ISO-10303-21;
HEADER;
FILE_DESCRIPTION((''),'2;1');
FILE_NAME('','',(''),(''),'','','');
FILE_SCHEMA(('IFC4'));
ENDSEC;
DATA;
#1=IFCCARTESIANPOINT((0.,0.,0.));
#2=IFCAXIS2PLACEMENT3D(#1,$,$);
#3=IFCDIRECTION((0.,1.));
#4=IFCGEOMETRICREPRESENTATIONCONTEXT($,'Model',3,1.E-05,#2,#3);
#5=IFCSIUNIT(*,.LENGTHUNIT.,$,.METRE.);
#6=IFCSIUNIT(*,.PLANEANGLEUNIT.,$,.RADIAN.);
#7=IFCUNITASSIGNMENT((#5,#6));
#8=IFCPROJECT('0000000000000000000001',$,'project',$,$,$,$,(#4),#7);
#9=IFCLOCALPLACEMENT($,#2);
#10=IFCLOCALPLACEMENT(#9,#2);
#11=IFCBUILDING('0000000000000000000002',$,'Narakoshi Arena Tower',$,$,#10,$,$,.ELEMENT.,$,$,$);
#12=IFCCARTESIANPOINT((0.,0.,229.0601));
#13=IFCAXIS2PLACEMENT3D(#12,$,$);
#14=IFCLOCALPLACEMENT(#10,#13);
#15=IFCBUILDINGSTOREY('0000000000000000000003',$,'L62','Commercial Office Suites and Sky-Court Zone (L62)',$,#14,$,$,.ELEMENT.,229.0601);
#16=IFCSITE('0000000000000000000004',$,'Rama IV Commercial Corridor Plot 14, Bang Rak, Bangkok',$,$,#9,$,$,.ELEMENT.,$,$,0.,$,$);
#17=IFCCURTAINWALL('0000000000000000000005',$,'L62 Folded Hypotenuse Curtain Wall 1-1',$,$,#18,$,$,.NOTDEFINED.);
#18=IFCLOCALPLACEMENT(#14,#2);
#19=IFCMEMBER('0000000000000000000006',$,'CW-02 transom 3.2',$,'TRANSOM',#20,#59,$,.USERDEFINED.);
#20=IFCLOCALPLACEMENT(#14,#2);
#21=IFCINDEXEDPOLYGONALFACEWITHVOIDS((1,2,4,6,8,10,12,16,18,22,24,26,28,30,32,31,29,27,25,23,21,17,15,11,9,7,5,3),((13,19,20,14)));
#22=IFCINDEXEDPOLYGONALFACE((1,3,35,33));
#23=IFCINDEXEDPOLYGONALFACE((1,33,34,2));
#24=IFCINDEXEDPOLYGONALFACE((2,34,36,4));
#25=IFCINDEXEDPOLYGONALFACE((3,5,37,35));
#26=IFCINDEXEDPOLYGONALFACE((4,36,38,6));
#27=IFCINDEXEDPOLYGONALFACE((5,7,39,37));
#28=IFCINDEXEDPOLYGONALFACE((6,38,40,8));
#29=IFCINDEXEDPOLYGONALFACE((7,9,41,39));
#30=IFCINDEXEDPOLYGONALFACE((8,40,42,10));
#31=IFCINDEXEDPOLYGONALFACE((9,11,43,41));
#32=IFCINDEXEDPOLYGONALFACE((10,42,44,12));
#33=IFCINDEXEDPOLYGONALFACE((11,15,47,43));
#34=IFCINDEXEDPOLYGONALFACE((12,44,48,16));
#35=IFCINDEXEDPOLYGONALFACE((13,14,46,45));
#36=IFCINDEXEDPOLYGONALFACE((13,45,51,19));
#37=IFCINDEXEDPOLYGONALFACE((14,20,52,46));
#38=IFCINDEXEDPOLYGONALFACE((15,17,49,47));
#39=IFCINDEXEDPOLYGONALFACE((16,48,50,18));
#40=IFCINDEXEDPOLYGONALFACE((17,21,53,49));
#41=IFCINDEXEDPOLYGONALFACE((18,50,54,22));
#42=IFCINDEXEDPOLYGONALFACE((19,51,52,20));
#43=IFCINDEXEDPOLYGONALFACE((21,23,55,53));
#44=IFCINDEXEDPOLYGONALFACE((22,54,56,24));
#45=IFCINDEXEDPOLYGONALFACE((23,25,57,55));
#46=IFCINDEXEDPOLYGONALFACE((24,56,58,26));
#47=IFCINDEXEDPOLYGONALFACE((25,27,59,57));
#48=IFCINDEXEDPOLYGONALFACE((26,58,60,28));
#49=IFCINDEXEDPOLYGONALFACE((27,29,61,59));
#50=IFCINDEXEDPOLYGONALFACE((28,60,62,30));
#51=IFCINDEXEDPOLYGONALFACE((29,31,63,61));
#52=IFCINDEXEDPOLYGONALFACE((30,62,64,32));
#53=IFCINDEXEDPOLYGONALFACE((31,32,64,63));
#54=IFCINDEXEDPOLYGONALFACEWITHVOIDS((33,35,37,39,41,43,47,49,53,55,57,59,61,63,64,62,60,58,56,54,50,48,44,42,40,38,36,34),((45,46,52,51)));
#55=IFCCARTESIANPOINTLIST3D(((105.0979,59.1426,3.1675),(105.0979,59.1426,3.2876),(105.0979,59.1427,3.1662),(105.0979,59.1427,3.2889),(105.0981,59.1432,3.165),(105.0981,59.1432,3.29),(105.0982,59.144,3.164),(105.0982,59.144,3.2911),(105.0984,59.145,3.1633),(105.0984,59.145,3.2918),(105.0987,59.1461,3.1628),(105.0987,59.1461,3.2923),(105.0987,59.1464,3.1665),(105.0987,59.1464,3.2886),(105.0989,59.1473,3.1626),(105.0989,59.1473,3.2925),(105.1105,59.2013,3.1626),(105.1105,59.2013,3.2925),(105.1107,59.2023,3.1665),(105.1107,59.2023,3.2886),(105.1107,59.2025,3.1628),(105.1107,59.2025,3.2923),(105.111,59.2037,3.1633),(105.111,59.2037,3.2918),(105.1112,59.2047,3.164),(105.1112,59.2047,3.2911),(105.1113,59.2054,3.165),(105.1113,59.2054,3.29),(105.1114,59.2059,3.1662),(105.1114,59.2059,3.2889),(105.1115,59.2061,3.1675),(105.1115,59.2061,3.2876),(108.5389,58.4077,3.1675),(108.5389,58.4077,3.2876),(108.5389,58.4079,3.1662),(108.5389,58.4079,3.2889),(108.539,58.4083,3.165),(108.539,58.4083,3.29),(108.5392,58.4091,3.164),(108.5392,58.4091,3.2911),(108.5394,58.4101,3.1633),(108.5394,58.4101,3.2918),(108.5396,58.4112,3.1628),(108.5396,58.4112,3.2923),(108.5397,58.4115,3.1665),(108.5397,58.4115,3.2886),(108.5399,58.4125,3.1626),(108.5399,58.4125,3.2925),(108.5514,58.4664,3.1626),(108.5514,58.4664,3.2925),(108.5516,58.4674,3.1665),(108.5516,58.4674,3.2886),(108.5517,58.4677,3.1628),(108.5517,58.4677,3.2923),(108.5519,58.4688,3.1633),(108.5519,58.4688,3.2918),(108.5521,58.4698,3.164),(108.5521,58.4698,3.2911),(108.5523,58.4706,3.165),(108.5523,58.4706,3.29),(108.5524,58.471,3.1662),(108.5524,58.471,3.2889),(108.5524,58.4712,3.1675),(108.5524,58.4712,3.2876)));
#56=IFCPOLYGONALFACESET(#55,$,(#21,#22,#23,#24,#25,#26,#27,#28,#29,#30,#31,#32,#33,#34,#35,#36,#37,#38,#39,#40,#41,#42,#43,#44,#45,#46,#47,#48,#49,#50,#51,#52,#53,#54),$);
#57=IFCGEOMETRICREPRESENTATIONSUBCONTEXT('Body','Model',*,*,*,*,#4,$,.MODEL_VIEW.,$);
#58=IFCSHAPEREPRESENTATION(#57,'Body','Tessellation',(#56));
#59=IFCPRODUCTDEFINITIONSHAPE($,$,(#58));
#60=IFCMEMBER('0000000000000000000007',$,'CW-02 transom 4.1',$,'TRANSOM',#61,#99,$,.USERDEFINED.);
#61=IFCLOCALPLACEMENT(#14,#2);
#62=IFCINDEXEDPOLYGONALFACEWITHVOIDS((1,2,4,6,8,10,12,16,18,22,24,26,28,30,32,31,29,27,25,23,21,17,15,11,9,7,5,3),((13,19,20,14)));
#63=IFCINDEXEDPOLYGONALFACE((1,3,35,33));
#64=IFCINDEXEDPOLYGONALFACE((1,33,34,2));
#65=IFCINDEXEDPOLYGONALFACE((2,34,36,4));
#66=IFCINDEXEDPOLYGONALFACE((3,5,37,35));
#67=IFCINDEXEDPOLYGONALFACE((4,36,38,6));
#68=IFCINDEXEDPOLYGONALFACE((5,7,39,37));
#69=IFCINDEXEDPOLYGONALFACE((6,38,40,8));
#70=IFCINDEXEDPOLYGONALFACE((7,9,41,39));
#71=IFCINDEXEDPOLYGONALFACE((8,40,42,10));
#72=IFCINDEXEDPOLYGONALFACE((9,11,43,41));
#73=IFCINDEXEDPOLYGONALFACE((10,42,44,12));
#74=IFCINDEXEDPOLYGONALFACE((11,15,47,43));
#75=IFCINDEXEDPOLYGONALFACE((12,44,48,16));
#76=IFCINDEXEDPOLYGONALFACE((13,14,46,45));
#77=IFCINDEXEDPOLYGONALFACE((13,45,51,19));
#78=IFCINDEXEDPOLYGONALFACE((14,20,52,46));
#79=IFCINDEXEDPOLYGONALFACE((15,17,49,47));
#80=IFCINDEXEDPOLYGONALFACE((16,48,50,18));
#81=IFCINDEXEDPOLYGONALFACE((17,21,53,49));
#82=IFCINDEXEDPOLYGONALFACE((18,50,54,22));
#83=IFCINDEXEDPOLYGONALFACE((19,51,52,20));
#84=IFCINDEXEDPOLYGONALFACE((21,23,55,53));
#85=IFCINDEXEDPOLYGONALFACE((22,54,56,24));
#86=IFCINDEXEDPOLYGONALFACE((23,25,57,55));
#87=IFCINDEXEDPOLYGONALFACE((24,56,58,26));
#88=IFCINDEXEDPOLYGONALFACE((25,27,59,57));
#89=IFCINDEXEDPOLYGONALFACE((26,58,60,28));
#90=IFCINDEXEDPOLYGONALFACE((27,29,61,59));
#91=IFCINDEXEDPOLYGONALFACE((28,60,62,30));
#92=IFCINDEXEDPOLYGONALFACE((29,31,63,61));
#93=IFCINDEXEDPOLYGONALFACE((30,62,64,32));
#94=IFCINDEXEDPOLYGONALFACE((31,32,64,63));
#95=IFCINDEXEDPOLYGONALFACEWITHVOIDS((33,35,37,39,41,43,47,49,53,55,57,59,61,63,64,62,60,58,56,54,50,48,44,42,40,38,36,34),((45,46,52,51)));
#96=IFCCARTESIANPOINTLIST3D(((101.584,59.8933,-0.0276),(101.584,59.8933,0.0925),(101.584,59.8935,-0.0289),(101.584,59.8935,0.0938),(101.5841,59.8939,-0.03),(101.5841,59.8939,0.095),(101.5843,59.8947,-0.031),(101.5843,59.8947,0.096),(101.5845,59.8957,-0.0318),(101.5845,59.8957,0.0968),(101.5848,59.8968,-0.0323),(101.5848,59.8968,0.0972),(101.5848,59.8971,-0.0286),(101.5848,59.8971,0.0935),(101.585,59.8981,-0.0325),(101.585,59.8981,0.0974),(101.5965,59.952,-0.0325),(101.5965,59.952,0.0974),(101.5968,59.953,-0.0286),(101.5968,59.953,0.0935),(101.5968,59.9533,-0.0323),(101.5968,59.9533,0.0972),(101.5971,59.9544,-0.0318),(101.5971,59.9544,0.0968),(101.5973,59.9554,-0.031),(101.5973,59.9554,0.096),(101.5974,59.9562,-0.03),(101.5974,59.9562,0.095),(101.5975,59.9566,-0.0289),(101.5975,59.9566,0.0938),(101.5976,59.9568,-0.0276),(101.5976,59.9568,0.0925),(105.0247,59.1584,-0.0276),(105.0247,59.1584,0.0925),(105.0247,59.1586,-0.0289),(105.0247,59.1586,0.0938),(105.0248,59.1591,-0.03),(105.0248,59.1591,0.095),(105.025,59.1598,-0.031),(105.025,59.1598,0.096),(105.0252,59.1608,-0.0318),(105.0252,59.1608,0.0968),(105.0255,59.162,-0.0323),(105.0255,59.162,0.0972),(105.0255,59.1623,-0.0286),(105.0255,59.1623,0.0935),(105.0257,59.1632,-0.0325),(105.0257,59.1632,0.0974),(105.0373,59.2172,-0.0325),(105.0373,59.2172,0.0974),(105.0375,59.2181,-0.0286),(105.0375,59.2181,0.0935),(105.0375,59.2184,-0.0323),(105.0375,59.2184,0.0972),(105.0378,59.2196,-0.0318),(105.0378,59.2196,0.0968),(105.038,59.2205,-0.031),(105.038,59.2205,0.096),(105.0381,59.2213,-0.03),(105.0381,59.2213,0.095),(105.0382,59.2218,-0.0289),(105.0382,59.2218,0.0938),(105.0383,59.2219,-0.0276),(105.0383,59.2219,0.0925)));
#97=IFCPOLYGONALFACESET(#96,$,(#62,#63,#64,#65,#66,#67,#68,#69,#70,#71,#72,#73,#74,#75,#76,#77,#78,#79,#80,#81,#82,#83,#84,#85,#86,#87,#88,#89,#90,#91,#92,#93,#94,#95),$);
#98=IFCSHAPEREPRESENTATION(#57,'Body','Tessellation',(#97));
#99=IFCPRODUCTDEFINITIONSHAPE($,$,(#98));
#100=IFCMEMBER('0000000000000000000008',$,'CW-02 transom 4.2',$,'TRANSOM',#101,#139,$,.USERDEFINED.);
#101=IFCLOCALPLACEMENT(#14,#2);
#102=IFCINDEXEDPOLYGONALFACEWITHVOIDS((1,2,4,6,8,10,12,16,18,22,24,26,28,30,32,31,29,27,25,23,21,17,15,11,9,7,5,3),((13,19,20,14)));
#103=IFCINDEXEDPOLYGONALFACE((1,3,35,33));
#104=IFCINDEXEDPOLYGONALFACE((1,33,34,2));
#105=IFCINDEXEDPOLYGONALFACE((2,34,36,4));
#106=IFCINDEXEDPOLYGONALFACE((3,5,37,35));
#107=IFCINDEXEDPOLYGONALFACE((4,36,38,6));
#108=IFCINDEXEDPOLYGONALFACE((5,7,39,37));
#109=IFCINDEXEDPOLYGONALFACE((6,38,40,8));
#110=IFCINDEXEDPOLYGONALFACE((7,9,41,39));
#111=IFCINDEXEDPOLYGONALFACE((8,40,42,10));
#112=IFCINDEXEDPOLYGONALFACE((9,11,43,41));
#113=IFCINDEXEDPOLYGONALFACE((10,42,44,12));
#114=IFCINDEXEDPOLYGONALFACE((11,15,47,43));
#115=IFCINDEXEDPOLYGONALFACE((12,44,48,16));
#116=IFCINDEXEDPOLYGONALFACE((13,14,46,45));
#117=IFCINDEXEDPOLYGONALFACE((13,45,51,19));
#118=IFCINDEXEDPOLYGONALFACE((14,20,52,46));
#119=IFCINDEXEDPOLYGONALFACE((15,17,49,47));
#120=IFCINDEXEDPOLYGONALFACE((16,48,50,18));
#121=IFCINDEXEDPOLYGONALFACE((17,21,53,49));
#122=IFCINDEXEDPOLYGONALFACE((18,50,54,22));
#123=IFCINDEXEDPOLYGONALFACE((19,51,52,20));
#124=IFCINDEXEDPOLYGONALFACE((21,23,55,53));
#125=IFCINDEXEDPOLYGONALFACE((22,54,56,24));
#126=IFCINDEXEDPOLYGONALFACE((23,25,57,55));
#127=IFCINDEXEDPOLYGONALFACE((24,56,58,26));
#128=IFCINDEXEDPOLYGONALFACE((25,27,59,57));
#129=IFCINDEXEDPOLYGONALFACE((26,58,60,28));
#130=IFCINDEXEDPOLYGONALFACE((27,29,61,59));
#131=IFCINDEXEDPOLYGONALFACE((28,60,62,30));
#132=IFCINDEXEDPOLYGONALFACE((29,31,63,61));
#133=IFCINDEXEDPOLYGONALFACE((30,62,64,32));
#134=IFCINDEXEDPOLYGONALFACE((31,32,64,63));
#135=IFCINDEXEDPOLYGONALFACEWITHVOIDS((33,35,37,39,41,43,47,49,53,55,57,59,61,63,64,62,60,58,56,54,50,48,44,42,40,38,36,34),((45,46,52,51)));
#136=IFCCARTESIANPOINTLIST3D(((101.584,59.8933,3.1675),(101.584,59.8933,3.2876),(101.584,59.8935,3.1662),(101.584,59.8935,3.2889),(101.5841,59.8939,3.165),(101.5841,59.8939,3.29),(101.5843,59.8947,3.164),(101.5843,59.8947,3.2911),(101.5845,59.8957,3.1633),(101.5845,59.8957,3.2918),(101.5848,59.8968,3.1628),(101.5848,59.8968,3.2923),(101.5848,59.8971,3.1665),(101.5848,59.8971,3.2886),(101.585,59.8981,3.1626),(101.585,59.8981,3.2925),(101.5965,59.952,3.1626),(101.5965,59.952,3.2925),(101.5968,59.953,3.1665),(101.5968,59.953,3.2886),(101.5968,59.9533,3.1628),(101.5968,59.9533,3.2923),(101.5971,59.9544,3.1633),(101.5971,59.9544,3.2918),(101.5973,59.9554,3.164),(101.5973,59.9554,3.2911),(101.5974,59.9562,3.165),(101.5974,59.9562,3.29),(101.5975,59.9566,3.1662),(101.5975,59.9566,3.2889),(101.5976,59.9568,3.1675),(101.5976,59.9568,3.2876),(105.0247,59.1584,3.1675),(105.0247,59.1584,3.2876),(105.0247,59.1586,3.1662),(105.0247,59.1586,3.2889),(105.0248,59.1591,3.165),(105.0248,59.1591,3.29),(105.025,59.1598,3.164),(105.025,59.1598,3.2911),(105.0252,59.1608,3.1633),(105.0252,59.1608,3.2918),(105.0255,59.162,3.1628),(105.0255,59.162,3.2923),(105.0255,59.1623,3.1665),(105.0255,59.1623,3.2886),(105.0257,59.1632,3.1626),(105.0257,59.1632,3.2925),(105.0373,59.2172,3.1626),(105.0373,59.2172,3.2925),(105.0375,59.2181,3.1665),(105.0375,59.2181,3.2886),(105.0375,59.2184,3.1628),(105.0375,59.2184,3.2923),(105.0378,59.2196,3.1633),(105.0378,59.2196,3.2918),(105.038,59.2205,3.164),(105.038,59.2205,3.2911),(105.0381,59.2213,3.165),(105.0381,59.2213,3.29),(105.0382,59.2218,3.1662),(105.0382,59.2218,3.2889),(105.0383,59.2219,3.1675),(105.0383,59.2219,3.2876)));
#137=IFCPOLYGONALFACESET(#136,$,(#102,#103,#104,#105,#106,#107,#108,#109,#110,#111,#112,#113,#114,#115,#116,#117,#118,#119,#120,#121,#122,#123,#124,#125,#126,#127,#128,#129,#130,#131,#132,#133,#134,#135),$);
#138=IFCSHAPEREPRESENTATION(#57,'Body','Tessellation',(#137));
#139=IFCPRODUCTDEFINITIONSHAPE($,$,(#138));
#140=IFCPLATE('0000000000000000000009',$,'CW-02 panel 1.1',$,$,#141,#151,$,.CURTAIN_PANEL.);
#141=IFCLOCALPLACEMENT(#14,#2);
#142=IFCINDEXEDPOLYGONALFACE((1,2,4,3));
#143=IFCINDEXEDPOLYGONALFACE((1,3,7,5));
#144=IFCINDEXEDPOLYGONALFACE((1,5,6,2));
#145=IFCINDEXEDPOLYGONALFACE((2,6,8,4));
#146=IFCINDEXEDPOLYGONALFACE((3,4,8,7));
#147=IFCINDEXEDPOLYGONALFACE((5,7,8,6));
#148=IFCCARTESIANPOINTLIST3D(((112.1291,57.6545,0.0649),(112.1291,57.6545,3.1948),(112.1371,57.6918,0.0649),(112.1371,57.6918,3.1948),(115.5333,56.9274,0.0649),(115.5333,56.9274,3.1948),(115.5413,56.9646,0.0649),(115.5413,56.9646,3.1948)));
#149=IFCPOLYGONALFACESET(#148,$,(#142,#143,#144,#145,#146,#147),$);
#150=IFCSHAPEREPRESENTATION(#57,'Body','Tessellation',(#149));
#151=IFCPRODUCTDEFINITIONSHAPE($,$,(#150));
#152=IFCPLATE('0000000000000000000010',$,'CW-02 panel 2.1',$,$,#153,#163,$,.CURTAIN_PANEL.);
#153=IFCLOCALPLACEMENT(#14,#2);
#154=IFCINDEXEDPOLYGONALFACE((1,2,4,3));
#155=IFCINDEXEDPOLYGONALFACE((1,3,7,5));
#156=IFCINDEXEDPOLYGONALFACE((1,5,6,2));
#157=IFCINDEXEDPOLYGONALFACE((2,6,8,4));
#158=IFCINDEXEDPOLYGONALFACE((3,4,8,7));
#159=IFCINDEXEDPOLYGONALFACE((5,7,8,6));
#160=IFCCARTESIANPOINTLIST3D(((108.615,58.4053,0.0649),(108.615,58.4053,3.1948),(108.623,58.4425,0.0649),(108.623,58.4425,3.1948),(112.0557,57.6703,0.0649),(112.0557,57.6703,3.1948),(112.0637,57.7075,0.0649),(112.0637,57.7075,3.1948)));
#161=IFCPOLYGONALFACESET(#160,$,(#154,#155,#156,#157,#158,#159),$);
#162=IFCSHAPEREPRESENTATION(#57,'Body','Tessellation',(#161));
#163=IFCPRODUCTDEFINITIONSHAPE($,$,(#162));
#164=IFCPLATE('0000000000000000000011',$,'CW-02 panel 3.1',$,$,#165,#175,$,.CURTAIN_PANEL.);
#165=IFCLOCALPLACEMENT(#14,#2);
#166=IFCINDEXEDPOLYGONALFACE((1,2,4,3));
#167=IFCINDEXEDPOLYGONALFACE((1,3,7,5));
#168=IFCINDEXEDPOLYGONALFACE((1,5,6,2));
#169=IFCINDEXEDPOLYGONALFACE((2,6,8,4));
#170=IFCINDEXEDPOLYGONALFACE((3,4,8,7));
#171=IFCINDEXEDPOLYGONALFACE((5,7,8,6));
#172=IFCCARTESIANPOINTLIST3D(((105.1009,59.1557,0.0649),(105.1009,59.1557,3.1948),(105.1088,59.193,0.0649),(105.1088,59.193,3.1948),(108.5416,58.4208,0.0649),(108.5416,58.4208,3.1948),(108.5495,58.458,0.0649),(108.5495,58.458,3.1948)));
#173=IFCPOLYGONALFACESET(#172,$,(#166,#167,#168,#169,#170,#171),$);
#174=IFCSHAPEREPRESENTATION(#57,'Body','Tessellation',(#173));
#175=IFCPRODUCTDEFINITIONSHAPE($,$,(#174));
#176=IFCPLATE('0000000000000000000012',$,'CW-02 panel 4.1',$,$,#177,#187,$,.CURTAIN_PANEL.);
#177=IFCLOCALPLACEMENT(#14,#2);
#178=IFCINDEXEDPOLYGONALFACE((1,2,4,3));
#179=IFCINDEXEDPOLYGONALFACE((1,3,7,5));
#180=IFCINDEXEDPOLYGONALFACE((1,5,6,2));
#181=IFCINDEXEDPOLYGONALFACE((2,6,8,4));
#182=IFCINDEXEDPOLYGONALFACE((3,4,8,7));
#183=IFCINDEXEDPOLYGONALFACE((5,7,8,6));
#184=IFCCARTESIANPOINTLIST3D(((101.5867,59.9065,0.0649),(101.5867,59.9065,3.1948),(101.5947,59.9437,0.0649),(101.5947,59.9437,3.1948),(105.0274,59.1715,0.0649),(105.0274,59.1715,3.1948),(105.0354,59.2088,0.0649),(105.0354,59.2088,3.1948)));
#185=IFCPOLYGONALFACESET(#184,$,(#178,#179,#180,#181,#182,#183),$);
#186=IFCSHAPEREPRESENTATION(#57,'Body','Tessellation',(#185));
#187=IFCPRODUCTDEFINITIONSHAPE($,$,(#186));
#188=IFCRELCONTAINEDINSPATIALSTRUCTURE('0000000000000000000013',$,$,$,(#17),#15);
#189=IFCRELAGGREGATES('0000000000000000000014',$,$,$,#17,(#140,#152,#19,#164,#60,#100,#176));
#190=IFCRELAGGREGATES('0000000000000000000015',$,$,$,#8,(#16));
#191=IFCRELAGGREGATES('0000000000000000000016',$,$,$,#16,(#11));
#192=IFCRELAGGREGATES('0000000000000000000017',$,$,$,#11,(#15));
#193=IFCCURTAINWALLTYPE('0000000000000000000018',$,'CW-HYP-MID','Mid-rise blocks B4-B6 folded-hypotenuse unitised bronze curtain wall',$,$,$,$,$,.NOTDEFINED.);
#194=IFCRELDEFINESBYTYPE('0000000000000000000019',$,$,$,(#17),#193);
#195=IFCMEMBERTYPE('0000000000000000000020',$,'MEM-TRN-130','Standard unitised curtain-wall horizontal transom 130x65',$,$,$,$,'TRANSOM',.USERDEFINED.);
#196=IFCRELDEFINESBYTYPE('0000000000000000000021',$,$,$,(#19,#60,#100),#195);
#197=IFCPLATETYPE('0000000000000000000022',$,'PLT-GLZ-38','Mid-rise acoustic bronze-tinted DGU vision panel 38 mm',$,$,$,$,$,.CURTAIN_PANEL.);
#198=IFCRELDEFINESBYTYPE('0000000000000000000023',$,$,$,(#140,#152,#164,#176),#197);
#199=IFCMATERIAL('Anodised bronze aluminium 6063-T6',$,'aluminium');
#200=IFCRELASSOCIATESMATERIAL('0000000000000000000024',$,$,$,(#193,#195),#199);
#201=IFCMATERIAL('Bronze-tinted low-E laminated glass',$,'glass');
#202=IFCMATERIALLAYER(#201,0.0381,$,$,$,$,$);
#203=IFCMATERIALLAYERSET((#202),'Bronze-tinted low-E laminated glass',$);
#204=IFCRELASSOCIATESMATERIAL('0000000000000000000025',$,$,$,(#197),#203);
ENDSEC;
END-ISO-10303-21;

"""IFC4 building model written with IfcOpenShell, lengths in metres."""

from ifc_helpers import new_model, si_unit, direction, frame, origin, origin_2d, place, context, subcontext, project, spatial, rectangle, hollow_rectangle, extrude, material, layer, layer_set, material_profile, profile_set, type_object, element, aggregate, save


model = new_model("IFC4")

# Units and contexts
model_context = context("Model", 3, precision=1e-05, world=origin(), true_north=direction((0.0, 1.0)))
body_context = subcontext(model_context, "Body", "Model", "MODEL_VIEW")
ifc_project = project(units=[si_unit("LENGTHUNIT", "METRE"), si_unit("PLANEANGLEUNIT", "RADIAN")], contexts=[model_context])

# Site, building, storey
site_placement = place(None, origin())
site = spatial("IfcSite", under=ifc_project, at=site_placement, Name="Rama IV Commercial Corridor Plot 14, Bang Rak, Bangkok", CompositionType="ELEMENT", RefElevation=0.0)
building_placement = place(site_placement, origin())
building = spatial("IfcBuilding", under=site, at=building_placement, Name="Narakoshi Arena Tower", CompositionType="ELEMENT")
storey_placement = place(building_placement, frame((0.0, 0.0, 229.0601)))
storey = spatial("IfcBuildingStorey", under=building, at=storey_placement, Name="L62", Description="Commercial Office Suites and Sky-Court Zone (L62)", CompositionType="ELEMENT", Elevation=229.0601)

# Curtain wall, members, plates
ifc_material_1 = material(Name="Anodised bronze aluminium 6063-T6", Category="aluminium")
curtain_wall_type = type_object("IfcCurtainWallType", Name="CW-HYP-MID", Description="Mid-rise blocks B4-B6 folded-hypotenuse unitised bronze curtain wall", PredefinedType="NOTDEFINED", material=ifc_material_1)
curtain_wall_placement = place(storey_placement, origin())
curtain_wall = element("IfcCurtainWall", 1, at=curtain_wall_placement, inside=storey, type_object=curtain_wall_type, Name="L62 Folded Hypotenuse Curtain Wall 1-1", PredefinedType="NOTDEFINED")
ifc_material_profile_1 = material_profile(ifc_material_1, hollow_rectangle(XDim=0.0649, YDim=0.1299, WallThickness=0.0039, OuterFilletRadius=0.0049, at=origin_2d()), Name="TRN130x65x4")
ifc_profile_set_1 = profile_set([ifc_material_profile_1], Name="Anodised bronze aluminium 6063-T6")
member_type_1 = type_object("IfcMemberType", Name="MEM-TRN-130", Description="Standard unitised curtain-wall horizontal transom 130x65", ElementType="TRANSOM", PredefinedType="USERDEFINED", material=ifc_profile_set_1)
member_1_placement = place(storey_placement, frame((108.5457, 58.4395, 3.2275), z_axis=(-0.977946, 0.208856, 0.0), x_axis=(-0.208856, -0.977946, 0.0)))
member_1 = element("IfcMember", 2, at=member_1_placement, type_object=member_type_1, Name="CW-02 transom 3.2", ObjectType="TRANSOM", PredefinedType="USERDEFINED", context=body_context, shape_type="SweptSolid", body=[
    extrude(hollow_rectangle(XDim=0.0649, YDim=0.1299, WallThickness=0.0039, OuterFilletRadius=0.0049, at=origin_2d()), origin(), (0.0, 0.0, 1.0), 3.5186),
])
member_2_placement = place(storey_placement, frame((105.0315, 59.1902, 0.0325), z_axis=(-0.977943, 0.20887, 0.0), x_axis=(-0.20887, -0.977943, 0.0)))
member_2 = element("IfcMember", 3, at=member_2_placement, type_object=member_type_1, Name="CW-02 transom 4.1", ObjectType="TRANSOM", PredefinedType="USERDEFINED", context=body_context, shape_type="SweptSolid", body=[
    extrude(hollow_rectangle(XDim=0.0649, YDim=0.1299, WallThickness=0.0039, OuterFilletRadius=0.0049, at=origin_2d()), origin(), (0.0, 0.0, 1.0), 3.5183),
])
member_3_placement = place(storey_placement, frame((105.0315, 59.1902, 3.2275), z_axis=(-0.977943, 0.20887, 0.0), x_axis=(-0.20887, -0.977943, 0.0)))
member_3 = element("IfcMember", 4, at=member_3_placement, type_object=member_type_1, Name="CW-02 transom 4.2", ObjectType="TRANSOM", PredefinedType="USERDEFINED", context=body_context, shape_type="SweptSolid", body=[
    extrude(hollow_rectangle(XDim=0.0649, YDim=0.1299, WallThickness=0.0039, OuterFilletRadius=0.0049, at=origin_2d()), origin(), (0.0, 0.0, 1.0), 3.5183),
])
ifc_material_2 = material(Name="Bronze-tinted low-E laminated glass", Category="glass")
ifc_layer_1 = layer(ifc_material_2, 0.0381)
ifc_layer_set_1 = layer_set([ifc_layer_1], Name="Bronze-tinted low-E laminated glass")
plate_type = type_object("IfcPlateType", Name="PLT-GLZ-38", Description="Mid-rise acoustic bronze-tinted DGU vision panel 38 mm", PredefinedType="CURTAIN_PANEL", material=ifc_layer_set_1)
plate_1_placement = place(storey_placement, frame((113.8352, 57.3096, 0.0649), z_axis=(0.0, 0.0, 1.0), x_axis=(-0.977937, 0.208899, 0.0)))
plate_1 = element("IfcPlate", 5, at=plate_1_placement, type_object=plate_type, Name="CW-02 panel 1.1", PredefinedType="CURTAIN_PANEL", context=body_context, shape_type="SweptSolid", body=[
    extrude(rectangle(XDim=3.481, YDim=0.0381, at=origin_2d()), origin(), (0.0, 0.0, 1.0), 3.1299),
])
plate_2_placement = place(storey_placement, frame((110.3394, 58.0564, 0.0649), z_axis=(0.0, 0.0, 1.0), x_axis=(-0.977937, 0.208899, 0.0)))
plate_2 = element("IfcPlate", 6, at=plate_2_placement, type_object=plate_type, Name="CW-02 panel 2.1", PredefinedType="CURTAIN_PANEL", context=body_context, shape_type="SweptSolid", body=[
    extrude(rectangle(XDim=3.5183, YDim=0.0381, at=origin_2d()), origin(), (0.0, 0.0, 1.0), 3.1299),
])
plate_3_placement = place(storey_placement, frame((106.8252, 58.8069, 0.0649), z_axis=(0.0, 0.0, 1.0), x_axis=(-0.977937, 0.208899, 0.0)))
plate_3 = element("IfcPlate", 7, at=plate_3_placement, type_object=plate_type, Name="CW-02 panel 3.1", PredefinedType="CURTAIN_PANEL", context=body_context, shape_type="SweptSolid", body=[
    extrude(rectangle(XDim=3.5183, YDim=0.0381, at=origin_2d()), origin(), (0.0, 0.0, 1.0), 3.1299),
])
plate_4_placement = place(storey_placement, frame((103.311, 59.5576, 0.0649), z_axis=(0.0, 0.0, 1.0), x_axis=(-0.977937, 0.208899, 0.0)))
plate_4 = element("IfcPlate", 8, at=plate_4_placement, type_object=plate_type, Name="CW-02 panel 4.1", PredefinedType="CURTAIN_PANEL", context=body_context, shape_type="SweptSolid", body=[
    extrude(rectangle(XDim=3.5183, YDim=0.0381, at=origin_2d()), origin(), (0.0, 0.0, 1.0), 3.1299),
])
aggregate(curtain_wall, [plate_1, plate_2, member_1, plate_3, member_2, member_3, plate_4])

save(model, "model.ifc")
